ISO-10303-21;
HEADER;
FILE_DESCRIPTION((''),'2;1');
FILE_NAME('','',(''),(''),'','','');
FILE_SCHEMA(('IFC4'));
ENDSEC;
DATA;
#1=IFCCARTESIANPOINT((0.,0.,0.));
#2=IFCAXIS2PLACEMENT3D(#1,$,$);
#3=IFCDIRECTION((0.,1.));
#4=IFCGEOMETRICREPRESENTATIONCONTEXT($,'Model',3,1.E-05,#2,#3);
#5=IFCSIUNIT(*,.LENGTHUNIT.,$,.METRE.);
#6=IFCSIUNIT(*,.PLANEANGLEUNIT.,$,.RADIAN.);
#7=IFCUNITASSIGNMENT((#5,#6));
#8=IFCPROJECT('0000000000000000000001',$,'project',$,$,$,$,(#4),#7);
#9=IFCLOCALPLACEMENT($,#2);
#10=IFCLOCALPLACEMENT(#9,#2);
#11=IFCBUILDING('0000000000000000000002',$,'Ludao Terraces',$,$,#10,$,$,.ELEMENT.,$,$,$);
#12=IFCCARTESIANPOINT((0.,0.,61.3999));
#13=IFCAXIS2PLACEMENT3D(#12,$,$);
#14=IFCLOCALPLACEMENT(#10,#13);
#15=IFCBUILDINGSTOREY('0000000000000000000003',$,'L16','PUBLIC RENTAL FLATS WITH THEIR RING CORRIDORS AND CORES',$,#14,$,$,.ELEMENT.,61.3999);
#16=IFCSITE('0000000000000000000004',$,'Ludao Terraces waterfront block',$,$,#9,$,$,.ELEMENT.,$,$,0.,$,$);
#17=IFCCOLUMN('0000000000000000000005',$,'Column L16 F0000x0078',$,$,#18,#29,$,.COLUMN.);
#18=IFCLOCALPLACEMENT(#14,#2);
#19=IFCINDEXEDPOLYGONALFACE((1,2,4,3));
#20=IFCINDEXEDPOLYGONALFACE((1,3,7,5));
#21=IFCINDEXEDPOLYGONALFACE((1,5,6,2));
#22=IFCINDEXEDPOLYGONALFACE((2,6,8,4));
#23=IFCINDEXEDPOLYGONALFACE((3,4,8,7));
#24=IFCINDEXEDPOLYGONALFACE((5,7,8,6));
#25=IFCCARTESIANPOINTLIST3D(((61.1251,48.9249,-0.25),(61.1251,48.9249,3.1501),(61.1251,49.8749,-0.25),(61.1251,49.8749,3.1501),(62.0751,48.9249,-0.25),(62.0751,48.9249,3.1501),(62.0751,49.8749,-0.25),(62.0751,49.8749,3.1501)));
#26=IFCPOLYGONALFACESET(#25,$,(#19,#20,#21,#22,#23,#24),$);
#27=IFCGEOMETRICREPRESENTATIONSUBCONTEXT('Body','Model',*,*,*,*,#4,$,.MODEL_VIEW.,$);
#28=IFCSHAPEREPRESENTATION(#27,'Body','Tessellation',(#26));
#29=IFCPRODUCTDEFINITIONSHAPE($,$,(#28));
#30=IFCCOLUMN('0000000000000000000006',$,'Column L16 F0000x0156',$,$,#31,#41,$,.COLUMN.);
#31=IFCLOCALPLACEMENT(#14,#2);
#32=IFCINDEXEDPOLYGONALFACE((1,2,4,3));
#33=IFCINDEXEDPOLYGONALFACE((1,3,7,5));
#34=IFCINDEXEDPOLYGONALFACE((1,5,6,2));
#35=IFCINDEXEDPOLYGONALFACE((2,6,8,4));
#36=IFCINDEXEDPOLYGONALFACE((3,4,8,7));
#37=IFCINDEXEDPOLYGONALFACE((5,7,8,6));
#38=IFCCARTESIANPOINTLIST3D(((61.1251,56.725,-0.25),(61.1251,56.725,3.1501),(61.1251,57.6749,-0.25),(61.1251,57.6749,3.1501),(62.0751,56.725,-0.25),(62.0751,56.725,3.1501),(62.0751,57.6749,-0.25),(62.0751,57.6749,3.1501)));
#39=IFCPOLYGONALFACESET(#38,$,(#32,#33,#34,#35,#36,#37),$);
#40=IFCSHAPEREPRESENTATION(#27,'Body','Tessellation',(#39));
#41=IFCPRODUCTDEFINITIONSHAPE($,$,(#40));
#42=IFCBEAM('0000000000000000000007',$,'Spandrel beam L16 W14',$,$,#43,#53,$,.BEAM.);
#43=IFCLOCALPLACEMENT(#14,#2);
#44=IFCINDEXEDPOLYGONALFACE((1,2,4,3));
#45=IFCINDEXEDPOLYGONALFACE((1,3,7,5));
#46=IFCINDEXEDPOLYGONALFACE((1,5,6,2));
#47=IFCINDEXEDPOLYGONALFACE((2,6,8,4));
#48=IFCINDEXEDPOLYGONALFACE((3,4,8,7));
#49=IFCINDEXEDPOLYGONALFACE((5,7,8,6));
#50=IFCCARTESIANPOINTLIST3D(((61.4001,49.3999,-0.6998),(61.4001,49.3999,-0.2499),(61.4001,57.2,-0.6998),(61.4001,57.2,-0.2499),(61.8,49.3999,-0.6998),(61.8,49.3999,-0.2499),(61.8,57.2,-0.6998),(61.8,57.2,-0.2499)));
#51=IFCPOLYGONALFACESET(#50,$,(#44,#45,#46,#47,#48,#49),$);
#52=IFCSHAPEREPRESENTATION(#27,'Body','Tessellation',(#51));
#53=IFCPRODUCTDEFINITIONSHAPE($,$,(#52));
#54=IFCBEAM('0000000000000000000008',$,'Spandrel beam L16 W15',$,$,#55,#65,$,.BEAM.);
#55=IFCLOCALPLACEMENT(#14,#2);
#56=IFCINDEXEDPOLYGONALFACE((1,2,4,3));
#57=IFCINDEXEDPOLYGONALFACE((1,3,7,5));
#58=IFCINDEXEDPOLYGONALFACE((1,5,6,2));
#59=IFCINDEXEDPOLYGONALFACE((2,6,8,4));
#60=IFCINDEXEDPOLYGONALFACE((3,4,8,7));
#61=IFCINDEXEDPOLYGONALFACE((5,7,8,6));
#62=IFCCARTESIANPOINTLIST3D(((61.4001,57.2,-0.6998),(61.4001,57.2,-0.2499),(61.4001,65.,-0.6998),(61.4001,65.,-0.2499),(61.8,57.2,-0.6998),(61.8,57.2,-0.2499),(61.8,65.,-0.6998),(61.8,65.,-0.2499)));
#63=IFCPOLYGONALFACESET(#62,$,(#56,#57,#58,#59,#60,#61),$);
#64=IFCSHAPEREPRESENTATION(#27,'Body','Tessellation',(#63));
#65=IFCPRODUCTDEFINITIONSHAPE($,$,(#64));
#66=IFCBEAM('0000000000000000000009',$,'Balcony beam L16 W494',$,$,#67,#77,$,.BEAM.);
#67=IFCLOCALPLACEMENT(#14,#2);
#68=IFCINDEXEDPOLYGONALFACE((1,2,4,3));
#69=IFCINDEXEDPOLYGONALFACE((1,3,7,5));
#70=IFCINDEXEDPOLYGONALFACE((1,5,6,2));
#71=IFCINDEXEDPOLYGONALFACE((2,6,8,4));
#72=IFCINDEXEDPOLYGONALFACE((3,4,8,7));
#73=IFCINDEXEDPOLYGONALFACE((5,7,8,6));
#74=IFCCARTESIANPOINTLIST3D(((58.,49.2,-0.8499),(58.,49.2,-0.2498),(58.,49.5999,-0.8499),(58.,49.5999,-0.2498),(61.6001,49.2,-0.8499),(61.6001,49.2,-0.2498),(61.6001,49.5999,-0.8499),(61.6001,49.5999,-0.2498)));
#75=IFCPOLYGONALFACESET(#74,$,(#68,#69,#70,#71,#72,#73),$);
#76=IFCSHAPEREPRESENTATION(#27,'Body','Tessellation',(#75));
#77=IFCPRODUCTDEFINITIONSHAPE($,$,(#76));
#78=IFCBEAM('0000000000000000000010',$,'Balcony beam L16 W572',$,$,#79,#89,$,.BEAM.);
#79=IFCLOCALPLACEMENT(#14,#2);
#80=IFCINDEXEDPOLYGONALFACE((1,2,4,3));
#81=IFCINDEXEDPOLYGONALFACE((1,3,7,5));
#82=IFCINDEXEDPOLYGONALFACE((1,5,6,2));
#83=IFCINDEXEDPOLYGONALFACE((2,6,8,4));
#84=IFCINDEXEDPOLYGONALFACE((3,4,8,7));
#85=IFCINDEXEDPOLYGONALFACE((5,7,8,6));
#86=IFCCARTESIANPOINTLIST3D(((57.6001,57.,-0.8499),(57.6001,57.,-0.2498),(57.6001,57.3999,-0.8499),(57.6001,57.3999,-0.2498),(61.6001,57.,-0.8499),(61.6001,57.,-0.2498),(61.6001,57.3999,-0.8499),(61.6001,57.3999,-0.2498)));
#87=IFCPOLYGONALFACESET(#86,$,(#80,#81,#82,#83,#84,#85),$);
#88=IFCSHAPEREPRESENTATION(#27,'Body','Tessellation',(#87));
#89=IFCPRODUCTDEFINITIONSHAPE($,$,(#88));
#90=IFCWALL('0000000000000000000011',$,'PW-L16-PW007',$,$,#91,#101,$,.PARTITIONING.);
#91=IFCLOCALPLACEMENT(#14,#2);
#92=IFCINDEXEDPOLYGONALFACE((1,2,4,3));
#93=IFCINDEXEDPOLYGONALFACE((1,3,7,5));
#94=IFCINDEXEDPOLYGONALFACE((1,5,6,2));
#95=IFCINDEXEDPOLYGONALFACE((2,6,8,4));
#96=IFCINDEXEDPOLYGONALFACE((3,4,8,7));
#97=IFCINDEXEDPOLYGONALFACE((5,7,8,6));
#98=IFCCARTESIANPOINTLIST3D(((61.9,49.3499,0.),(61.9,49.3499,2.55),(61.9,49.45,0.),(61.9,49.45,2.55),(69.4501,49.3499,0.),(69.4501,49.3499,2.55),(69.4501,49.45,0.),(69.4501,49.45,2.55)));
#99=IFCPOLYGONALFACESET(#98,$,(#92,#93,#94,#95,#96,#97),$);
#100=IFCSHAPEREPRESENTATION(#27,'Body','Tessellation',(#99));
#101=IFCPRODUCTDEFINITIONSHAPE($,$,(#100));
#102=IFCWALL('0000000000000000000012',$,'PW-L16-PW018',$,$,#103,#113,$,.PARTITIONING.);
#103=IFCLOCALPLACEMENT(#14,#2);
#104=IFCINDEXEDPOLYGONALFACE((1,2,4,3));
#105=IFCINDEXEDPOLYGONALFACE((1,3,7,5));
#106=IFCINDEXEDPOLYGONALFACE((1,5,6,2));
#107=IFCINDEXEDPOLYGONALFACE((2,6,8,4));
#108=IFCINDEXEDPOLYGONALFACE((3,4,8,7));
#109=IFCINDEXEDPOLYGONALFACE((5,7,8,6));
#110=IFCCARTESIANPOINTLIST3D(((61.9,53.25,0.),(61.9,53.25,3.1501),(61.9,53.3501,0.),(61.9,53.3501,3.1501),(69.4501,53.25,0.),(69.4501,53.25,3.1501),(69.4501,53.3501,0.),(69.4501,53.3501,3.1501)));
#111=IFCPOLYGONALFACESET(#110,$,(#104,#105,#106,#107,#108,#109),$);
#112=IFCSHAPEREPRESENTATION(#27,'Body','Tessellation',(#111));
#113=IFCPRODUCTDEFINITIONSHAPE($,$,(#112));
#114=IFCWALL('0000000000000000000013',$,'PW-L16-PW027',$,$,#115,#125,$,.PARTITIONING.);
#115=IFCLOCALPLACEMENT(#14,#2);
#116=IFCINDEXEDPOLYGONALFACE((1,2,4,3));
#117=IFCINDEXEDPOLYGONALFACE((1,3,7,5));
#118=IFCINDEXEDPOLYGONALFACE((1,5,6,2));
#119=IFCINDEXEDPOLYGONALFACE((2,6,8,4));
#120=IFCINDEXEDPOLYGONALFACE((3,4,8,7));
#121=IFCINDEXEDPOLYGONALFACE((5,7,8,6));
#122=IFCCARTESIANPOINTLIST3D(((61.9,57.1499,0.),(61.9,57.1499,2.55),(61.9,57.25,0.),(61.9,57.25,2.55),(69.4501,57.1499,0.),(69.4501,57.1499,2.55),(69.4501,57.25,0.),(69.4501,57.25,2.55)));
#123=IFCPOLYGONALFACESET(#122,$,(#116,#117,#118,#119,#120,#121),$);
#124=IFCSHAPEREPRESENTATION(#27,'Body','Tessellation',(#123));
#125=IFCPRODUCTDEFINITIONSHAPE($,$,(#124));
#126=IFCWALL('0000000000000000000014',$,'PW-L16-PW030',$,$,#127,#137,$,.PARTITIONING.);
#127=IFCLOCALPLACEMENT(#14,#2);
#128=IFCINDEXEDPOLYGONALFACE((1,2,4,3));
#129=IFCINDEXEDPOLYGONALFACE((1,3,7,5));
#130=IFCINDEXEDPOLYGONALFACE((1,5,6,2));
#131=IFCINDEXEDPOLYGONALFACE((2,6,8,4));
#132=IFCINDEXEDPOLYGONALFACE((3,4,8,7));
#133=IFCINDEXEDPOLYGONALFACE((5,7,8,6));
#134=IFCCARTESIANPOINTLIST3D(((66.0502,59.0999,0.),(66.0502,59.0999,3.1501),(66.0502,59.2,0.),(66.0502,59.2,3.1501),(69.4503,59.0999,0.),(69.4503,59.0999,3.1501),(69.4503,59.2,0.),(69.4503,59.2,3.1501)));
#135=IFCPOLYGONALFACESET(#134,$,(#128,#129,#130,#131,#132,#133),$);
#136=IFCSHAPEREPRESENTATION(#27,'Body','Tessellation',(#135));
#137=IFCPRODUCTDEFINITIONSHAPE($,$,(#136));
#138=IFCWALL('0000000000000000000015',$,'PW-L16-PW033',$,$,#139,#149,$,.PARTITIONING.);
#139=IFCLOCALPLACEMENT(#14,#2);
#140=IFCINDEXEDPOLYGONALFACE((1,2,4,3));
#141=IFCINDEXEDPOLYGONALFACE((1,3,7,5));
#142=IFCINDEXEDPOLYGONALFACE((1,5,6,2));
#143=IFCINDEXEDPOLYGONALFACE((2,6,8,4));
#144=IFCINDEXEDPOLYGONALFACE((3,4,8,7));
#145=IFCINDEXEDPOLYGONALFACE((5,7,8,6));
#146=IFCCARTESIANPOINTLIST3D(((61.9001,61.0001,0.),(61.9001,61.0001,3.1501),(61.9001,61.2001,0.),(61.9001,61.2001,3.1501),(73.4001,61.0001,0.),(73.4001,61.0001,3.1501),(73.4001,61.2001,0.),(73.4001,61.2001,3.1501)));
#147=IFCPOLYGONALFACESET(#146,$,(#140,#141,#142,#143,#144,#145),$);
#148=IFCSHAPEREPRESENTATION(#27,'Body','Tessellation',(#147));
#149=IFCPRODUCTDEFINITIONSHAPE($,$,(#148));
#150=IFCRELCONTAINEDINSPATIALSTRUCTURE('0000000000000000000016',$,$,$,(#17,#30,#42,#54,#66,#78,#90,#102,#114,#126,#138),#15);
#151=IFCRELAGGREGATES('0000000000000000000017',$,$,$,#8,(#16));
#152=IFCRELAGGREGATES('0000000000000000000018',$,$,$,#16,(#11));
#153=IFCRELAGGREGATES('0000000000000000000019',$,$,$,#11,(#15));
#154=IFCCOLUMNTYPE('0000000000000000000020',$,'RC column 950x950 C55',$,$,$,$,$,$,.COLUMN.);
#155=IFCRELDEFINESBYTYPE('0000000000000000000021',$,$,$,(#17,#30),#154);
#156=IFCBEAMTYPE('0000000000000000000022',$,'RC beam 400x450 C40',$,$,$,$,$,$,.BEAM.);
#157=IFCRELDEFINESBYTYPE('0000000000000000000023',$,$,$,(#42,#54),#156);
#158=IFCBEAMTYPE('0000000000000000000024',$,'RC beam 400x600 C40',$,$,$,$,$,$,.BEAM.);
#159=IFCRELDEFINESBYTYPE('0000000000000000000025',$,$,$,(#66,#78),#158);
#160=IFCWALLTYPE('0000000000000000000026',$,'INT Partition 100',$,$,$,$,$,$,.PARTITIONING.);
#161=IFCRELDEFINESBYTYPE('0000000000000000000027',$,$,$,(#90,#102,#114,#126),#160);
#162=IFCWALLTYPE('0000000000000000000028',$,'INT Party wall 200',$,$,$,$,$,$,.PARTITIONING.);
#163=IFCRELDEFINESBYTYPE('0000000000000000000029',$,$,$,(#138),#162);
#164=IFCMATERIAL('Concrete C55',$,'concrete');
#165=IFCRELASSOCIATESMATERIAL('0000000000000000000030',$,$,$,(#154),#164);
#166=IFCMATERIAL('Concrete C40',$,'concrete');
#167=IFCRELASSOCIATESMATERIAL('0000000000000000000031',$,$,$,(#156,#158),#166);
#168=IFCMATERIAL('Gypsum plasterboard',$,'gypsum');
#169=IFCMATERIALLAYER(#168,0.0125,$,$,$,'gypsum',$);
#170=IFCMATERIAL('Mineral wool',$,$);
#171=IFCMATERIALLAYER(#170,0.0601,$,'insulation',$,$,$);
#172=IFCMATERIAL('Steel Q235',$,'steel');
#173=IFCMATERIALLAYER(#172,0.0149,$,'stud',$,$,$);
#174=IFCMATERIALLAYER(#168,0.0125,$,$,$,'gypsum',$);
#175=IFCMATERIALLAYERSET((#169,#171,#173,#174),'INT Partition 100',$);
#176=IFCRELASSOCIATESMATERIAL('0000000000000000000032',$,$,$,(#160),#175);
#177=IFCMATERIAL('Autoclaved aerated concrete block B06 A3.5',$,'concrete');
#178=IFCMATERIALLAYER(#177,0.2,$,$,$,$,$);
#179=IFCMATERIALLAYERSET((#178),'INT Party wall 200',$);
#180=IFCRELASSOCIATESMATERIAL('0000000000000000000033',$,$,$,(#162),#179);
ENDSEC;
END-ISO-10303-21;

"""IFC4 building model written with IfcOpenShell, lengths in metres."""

from ifc_helpers import new_model, si_unit, direction, frame, frame_2d, origin, origin_2d, place, context, subcontext, project, spatial, rectangle, extrude, material, layer, layer_set, material_profile, profile_set, type_object, element, save


model = new_model("IFC4")

# Units and contexts
model_context = context("Model", 3, precision=1e-05, world=origin(), true_north=direction((0.0, 1.0)))
body_context = subcontext(model_context, "Body", "Model", "MODEL_VIEW")
ifc_project = project(units=[si_unit("LENGTHUNIT", "METRE"), si_unit("PLANEANGLEUNIT", "RADIAN")], contexts=[model_context])

# Site, building, storey
site_placement = place(None, origin())
site = spatial("IfcSite", under=ifc_project, at=site_placement, Name="Ludao Terraces waterfront block", CompositionType="ELEMENT", RefElevation=0.0)
building_placement = place(site_placement, origin())
building = spatial("IfcBuilding", under=site, at=building_placement, Name="Ludao Terraces", CompositionType="ELEMENT")
storey_placement = place(building_placement, frame((0.0, 0.0, 61.3999)))
storey = spatial("IfcBuildingStorey", under=building, at=storey_placement, Name="L16", Description="PUBLIC RENTAL FLATS WITH THEIR RING CORRIDORS AND CORES", CompositionType="ELEMENT", Elevation=61.3999)

# Columns
ifc_material_1 = material(Name="Concrete C55", Category="concrete")
ifc_material_profile_1 = material_profile(ifc_material_1, rectangle(XDim=0.95, YDim=0.95, at=origin_2d()), Name="950 X 950")
ifc_profile_set_1 = profile_set([ifc_material_profile_1], Name="Concrete C55")
column_type = type_object("IfcColumnType", Name="RC column 950x950 C55", PredefinedType="COLUMN", material=ifc_profile_set_1)
for number, where, z_axis, x_axis, name in (
    (1, (61.6001, 49.3999, -0.25), (0.0, 0.0, 1.0), (1.0, 0.0, 0.0), "Column L16 F0000x0078"),
    (2, (61.6001, 57.2, -0.25), (0.0, 0.0, 1.0), (1.0, 0.0, 0.0), "Column L16 F0000x0156"),
):
    element("IfcColumn", number, at=place(storey_placement, frame(where, z_axis=z_axis, x_axis=x_axis)), inside=storey, type_object=column_type, Name=name, PredefinedType="COLUMN", context=body_context, shape_type="SweptSolid", body=[
        extrude(rectangle(XDim=0.95, YDim=0.95, at=origin_2d()), origin(), (0.0, 0.0, 1.0), 3.4001),
    ])

# Beams
ifc_material_2 = material(Name="Concrete C40", Category="concrete")
ifc_material_profile_2 = material_profile(ifc_material_2, rectangle(XDim=0.3999, YDim=0.45, at=origin_2d()), Name="400 X 450")
ifc_profile_set_2 = profile_set([ifc_material_profile_2], Name="Concrete C40")
beam_type_1 = type_object("IfcBeamType", Name="RC beam 400x450 C40", PredefinedType="BEAM", material=ifc_profile_set_2)
for number, where, z_axis, x_axis, name in (
    (3, (61.6001, 49.3999, -0.4749), (0.0, 1.0, 0.0), (-1.0, 0.0, 0.0), "Spandrel beam L16 W14"),
    (4, (61.6001, 57.2, -0.4749), (0.0, 1.0, 0.0), (-1.0, 0.0, 0.0), "Spandrel beam L16 W15"),
):
    element("IfcBeam", number, at=place(storey_placement, frame(where, z_axis=z_axis, x_axis=x_axis)), inside=storey, type_object=beam_type_1, Name=name, PredefinedType="BEAM", context=body_context, shape_type="SweptSolid", body=[
        extrude(rectangle(XDim=0.3999, YDim=0.45, at=origin_2d()), origin(), (0.0, 0.0, 1.0), 7.8),
    ])
ifc_material_profile_3 = material_profile(ifc_material_2, rectangle(XDim=0.3999, YDim=0.6001, at=origin_2d()), Name="400 X 600")
ifc_profile_set_3 = profile_set([ifc_material_profile_3], Name="Concrete C40")
beam_type_2 = type_object("IfcBeamType", Name="RC beam 400x600 C40", PredefinedType="BEAM", material=ifc_profile_set_3)
beam_1_placement = place(storey_placement, frame((61.6001, 49.3999, -0.5498), z_axis=(-1.0, 0.0, 0.0), x_axis=(0.0, -1.0, 0.0)))
element("IfcBeam", 5, at=beam_1_placement, inside=storey, type_object=beam_type_2, Name="Balcony beam L16 W494", PredefinedType="BEAM", context=body_context, shape_type="SweptSolid", body=[
    extrude(rectangle(XDim=0.3999, YDim=0.6001, at=origin_2d()), origin(), (0.0, 0.0, 1.0), 3.6001),
])
beam_2_placement = place(storey_placement, frame((61.6001, 57.2, -0.5498), z_axis=(-1.0, 0.0, 0.0), x_axis=(0.0, -1.0, 0.0)))
element("IfcBeam", 6, at=beam_2_placement, inside=storey, type_object=beam_type_2, Name="Balcony beam L16 W572", PredefinedType="BEAM", context=body_context, shape_type="SweptSolid", body=[
    extrude(rectangle(XDim=0.3999, YDim=0.6001, at=origin_2d()), origin(), (0.0, 0.0, 1.0), 4.0),
])

# Shared definitions
ifc_material_3 = material(Name="Mineral wool")

# Walls
ifc_material_4 = material(Name="Gypsum plasterboard", Category="gypsum")
ifc_layer_1 = layer(ifc_material_4, 0.0125, Category="gypsum")
ifc_layer_2 = layer(ifc_material_3, 0.0601, Name="insulation")
ifc_material_5 = material(Name="Steel Q235", Category="steel")
ifc_layer_3 = layer(ifc_material_5, 0.0149, Name="stud")
ifc_layer_4 = layer(ifc_material_4, 0.0125, Category="gypsum")
ifc_layer_set_1 = layer_set([ifc_layer_1, ifc_layer_2, ifc_layer_3, ifc_layer_4], Name="INT Partition 100")
wall_type_1 = type_object("IfcWallType", Name="INT Partition 100", PredefinedType="PARTITIONING", material=ifc_layer_set_1)
wall_1_placement = place(storey_placement, frame((61.9001, 49.3999, 0.0), z_axis=(0.0, 0.0, 1.0), x_axis=(1.0, 0.0, 0.0)))
element("IfcWall", 7, at=wall_1_placement, inside=storey, type_object=wall_type_1, Name="PW-L16-PW007", PredefinedType="PARTITIONING", context=body_context, shape_type="SweptSolid", body=[
    extrude(rectangle(XDim=7.55, YDim=0.1001, at=frame_2d((3.7749, 0.0))), origin(), (0.0, 0.0, 1.0), 2.55),
])
wall_2_placement = place(storey_placement, frame((61.9001, 53.3, 0.0), z_axis=(0.0, 0.0, 1.0), x_axis=(1.0, 0.0, 0.0)))
element("IfcWall", 8, at=wall_2_placement, inside=storey, type_object=wall_type_1, Name="PW-L16-PW018", PredefinedType="PARTITIONING", context=body_context, shape_type="SweptSolid", body=[
    extrude(rectangle(XDim=7.55, YDim=0.1001, at=frame_2d((3.7749, 0.0))), origin(), (0.0, 0.0, 1.0), 3.1501),
])
wall_3_placement = place(storey_placement, frame((61.9001, 57.2, 0.0), z_axis=(0.0, 0.0, 1.0), x_axis=(1.0, 0.0, 0.0)))
element("IfcWall", 9, at=wall_3_placement, inside=storey, type_object=wall_type_1, Name="PW-L16-PW027", PredefinedType="PARTITIONING", context=body_context, shape_type="SweptSolid", body=[
    extrude(rectangle(XDim=7.55, YDim=0.1001, at=frame_2d((3.7749, 0.0))), origin(), (0.0, 0.0, 1.0), 2.55),
])
wall_4_placement = place(storey_placement, frame((66.05, 59.1499, 0.0), z_axis=(0.0, 0.0, 1.0), x_axis=(1.0, 0.0, 0.0)))
element("IfcWall", 10, at=wall_4_placement, inside=storey, type_object=wall_type_1, Name="PW-L16-PW030", PredefinedType="PARTITIONING", context=body_context, shape_type="SweptSolid", body=[
    extrude(rectangle(XDim=3.4001, YDim=0.1001, at=frame_2d((1.7002, 0.0))), origin(), (0.0, 0.0, 1.0), 3.1501),
])
ifc_material_6 = material(Name="Autoclaved aerated concrete block B06 A3.5", Category="concrete")
ifc_layer_5 = layer(ifc_material_6, 0.2)
ifc_layer_set_2 = layer_set([ifc_layer_5], Name="INT Party wall 200")
wall_type_2 = type_object("IfcWallType", Name="INT Party wall 200", PredefinedType="PARTITIONING", material=ifc_layer_set_2)
wall_5_placement = place(storey_placement, frame((61.9001, 61.1001, 0.0), z_axis=(0.0, 0.0, 1.0), x_axis=(1.0, 0.0, 0.0)))
element("IfcWall", 11, at=wall_5_placement, inside=storey, type_object=wall_type_2, Name="PW-L16-PW033", PredefinedType="PARTITIONING", context=body_context, shape_type="SweptSolid", body=[
    extrude(rectangle(XDim=11.5, YDim=0.2, at=frame_2d((5.75, 0.0))), origin(), (0.0, 0.0, 1.0), 3.1501),
])

save(model, "model.ifc")
